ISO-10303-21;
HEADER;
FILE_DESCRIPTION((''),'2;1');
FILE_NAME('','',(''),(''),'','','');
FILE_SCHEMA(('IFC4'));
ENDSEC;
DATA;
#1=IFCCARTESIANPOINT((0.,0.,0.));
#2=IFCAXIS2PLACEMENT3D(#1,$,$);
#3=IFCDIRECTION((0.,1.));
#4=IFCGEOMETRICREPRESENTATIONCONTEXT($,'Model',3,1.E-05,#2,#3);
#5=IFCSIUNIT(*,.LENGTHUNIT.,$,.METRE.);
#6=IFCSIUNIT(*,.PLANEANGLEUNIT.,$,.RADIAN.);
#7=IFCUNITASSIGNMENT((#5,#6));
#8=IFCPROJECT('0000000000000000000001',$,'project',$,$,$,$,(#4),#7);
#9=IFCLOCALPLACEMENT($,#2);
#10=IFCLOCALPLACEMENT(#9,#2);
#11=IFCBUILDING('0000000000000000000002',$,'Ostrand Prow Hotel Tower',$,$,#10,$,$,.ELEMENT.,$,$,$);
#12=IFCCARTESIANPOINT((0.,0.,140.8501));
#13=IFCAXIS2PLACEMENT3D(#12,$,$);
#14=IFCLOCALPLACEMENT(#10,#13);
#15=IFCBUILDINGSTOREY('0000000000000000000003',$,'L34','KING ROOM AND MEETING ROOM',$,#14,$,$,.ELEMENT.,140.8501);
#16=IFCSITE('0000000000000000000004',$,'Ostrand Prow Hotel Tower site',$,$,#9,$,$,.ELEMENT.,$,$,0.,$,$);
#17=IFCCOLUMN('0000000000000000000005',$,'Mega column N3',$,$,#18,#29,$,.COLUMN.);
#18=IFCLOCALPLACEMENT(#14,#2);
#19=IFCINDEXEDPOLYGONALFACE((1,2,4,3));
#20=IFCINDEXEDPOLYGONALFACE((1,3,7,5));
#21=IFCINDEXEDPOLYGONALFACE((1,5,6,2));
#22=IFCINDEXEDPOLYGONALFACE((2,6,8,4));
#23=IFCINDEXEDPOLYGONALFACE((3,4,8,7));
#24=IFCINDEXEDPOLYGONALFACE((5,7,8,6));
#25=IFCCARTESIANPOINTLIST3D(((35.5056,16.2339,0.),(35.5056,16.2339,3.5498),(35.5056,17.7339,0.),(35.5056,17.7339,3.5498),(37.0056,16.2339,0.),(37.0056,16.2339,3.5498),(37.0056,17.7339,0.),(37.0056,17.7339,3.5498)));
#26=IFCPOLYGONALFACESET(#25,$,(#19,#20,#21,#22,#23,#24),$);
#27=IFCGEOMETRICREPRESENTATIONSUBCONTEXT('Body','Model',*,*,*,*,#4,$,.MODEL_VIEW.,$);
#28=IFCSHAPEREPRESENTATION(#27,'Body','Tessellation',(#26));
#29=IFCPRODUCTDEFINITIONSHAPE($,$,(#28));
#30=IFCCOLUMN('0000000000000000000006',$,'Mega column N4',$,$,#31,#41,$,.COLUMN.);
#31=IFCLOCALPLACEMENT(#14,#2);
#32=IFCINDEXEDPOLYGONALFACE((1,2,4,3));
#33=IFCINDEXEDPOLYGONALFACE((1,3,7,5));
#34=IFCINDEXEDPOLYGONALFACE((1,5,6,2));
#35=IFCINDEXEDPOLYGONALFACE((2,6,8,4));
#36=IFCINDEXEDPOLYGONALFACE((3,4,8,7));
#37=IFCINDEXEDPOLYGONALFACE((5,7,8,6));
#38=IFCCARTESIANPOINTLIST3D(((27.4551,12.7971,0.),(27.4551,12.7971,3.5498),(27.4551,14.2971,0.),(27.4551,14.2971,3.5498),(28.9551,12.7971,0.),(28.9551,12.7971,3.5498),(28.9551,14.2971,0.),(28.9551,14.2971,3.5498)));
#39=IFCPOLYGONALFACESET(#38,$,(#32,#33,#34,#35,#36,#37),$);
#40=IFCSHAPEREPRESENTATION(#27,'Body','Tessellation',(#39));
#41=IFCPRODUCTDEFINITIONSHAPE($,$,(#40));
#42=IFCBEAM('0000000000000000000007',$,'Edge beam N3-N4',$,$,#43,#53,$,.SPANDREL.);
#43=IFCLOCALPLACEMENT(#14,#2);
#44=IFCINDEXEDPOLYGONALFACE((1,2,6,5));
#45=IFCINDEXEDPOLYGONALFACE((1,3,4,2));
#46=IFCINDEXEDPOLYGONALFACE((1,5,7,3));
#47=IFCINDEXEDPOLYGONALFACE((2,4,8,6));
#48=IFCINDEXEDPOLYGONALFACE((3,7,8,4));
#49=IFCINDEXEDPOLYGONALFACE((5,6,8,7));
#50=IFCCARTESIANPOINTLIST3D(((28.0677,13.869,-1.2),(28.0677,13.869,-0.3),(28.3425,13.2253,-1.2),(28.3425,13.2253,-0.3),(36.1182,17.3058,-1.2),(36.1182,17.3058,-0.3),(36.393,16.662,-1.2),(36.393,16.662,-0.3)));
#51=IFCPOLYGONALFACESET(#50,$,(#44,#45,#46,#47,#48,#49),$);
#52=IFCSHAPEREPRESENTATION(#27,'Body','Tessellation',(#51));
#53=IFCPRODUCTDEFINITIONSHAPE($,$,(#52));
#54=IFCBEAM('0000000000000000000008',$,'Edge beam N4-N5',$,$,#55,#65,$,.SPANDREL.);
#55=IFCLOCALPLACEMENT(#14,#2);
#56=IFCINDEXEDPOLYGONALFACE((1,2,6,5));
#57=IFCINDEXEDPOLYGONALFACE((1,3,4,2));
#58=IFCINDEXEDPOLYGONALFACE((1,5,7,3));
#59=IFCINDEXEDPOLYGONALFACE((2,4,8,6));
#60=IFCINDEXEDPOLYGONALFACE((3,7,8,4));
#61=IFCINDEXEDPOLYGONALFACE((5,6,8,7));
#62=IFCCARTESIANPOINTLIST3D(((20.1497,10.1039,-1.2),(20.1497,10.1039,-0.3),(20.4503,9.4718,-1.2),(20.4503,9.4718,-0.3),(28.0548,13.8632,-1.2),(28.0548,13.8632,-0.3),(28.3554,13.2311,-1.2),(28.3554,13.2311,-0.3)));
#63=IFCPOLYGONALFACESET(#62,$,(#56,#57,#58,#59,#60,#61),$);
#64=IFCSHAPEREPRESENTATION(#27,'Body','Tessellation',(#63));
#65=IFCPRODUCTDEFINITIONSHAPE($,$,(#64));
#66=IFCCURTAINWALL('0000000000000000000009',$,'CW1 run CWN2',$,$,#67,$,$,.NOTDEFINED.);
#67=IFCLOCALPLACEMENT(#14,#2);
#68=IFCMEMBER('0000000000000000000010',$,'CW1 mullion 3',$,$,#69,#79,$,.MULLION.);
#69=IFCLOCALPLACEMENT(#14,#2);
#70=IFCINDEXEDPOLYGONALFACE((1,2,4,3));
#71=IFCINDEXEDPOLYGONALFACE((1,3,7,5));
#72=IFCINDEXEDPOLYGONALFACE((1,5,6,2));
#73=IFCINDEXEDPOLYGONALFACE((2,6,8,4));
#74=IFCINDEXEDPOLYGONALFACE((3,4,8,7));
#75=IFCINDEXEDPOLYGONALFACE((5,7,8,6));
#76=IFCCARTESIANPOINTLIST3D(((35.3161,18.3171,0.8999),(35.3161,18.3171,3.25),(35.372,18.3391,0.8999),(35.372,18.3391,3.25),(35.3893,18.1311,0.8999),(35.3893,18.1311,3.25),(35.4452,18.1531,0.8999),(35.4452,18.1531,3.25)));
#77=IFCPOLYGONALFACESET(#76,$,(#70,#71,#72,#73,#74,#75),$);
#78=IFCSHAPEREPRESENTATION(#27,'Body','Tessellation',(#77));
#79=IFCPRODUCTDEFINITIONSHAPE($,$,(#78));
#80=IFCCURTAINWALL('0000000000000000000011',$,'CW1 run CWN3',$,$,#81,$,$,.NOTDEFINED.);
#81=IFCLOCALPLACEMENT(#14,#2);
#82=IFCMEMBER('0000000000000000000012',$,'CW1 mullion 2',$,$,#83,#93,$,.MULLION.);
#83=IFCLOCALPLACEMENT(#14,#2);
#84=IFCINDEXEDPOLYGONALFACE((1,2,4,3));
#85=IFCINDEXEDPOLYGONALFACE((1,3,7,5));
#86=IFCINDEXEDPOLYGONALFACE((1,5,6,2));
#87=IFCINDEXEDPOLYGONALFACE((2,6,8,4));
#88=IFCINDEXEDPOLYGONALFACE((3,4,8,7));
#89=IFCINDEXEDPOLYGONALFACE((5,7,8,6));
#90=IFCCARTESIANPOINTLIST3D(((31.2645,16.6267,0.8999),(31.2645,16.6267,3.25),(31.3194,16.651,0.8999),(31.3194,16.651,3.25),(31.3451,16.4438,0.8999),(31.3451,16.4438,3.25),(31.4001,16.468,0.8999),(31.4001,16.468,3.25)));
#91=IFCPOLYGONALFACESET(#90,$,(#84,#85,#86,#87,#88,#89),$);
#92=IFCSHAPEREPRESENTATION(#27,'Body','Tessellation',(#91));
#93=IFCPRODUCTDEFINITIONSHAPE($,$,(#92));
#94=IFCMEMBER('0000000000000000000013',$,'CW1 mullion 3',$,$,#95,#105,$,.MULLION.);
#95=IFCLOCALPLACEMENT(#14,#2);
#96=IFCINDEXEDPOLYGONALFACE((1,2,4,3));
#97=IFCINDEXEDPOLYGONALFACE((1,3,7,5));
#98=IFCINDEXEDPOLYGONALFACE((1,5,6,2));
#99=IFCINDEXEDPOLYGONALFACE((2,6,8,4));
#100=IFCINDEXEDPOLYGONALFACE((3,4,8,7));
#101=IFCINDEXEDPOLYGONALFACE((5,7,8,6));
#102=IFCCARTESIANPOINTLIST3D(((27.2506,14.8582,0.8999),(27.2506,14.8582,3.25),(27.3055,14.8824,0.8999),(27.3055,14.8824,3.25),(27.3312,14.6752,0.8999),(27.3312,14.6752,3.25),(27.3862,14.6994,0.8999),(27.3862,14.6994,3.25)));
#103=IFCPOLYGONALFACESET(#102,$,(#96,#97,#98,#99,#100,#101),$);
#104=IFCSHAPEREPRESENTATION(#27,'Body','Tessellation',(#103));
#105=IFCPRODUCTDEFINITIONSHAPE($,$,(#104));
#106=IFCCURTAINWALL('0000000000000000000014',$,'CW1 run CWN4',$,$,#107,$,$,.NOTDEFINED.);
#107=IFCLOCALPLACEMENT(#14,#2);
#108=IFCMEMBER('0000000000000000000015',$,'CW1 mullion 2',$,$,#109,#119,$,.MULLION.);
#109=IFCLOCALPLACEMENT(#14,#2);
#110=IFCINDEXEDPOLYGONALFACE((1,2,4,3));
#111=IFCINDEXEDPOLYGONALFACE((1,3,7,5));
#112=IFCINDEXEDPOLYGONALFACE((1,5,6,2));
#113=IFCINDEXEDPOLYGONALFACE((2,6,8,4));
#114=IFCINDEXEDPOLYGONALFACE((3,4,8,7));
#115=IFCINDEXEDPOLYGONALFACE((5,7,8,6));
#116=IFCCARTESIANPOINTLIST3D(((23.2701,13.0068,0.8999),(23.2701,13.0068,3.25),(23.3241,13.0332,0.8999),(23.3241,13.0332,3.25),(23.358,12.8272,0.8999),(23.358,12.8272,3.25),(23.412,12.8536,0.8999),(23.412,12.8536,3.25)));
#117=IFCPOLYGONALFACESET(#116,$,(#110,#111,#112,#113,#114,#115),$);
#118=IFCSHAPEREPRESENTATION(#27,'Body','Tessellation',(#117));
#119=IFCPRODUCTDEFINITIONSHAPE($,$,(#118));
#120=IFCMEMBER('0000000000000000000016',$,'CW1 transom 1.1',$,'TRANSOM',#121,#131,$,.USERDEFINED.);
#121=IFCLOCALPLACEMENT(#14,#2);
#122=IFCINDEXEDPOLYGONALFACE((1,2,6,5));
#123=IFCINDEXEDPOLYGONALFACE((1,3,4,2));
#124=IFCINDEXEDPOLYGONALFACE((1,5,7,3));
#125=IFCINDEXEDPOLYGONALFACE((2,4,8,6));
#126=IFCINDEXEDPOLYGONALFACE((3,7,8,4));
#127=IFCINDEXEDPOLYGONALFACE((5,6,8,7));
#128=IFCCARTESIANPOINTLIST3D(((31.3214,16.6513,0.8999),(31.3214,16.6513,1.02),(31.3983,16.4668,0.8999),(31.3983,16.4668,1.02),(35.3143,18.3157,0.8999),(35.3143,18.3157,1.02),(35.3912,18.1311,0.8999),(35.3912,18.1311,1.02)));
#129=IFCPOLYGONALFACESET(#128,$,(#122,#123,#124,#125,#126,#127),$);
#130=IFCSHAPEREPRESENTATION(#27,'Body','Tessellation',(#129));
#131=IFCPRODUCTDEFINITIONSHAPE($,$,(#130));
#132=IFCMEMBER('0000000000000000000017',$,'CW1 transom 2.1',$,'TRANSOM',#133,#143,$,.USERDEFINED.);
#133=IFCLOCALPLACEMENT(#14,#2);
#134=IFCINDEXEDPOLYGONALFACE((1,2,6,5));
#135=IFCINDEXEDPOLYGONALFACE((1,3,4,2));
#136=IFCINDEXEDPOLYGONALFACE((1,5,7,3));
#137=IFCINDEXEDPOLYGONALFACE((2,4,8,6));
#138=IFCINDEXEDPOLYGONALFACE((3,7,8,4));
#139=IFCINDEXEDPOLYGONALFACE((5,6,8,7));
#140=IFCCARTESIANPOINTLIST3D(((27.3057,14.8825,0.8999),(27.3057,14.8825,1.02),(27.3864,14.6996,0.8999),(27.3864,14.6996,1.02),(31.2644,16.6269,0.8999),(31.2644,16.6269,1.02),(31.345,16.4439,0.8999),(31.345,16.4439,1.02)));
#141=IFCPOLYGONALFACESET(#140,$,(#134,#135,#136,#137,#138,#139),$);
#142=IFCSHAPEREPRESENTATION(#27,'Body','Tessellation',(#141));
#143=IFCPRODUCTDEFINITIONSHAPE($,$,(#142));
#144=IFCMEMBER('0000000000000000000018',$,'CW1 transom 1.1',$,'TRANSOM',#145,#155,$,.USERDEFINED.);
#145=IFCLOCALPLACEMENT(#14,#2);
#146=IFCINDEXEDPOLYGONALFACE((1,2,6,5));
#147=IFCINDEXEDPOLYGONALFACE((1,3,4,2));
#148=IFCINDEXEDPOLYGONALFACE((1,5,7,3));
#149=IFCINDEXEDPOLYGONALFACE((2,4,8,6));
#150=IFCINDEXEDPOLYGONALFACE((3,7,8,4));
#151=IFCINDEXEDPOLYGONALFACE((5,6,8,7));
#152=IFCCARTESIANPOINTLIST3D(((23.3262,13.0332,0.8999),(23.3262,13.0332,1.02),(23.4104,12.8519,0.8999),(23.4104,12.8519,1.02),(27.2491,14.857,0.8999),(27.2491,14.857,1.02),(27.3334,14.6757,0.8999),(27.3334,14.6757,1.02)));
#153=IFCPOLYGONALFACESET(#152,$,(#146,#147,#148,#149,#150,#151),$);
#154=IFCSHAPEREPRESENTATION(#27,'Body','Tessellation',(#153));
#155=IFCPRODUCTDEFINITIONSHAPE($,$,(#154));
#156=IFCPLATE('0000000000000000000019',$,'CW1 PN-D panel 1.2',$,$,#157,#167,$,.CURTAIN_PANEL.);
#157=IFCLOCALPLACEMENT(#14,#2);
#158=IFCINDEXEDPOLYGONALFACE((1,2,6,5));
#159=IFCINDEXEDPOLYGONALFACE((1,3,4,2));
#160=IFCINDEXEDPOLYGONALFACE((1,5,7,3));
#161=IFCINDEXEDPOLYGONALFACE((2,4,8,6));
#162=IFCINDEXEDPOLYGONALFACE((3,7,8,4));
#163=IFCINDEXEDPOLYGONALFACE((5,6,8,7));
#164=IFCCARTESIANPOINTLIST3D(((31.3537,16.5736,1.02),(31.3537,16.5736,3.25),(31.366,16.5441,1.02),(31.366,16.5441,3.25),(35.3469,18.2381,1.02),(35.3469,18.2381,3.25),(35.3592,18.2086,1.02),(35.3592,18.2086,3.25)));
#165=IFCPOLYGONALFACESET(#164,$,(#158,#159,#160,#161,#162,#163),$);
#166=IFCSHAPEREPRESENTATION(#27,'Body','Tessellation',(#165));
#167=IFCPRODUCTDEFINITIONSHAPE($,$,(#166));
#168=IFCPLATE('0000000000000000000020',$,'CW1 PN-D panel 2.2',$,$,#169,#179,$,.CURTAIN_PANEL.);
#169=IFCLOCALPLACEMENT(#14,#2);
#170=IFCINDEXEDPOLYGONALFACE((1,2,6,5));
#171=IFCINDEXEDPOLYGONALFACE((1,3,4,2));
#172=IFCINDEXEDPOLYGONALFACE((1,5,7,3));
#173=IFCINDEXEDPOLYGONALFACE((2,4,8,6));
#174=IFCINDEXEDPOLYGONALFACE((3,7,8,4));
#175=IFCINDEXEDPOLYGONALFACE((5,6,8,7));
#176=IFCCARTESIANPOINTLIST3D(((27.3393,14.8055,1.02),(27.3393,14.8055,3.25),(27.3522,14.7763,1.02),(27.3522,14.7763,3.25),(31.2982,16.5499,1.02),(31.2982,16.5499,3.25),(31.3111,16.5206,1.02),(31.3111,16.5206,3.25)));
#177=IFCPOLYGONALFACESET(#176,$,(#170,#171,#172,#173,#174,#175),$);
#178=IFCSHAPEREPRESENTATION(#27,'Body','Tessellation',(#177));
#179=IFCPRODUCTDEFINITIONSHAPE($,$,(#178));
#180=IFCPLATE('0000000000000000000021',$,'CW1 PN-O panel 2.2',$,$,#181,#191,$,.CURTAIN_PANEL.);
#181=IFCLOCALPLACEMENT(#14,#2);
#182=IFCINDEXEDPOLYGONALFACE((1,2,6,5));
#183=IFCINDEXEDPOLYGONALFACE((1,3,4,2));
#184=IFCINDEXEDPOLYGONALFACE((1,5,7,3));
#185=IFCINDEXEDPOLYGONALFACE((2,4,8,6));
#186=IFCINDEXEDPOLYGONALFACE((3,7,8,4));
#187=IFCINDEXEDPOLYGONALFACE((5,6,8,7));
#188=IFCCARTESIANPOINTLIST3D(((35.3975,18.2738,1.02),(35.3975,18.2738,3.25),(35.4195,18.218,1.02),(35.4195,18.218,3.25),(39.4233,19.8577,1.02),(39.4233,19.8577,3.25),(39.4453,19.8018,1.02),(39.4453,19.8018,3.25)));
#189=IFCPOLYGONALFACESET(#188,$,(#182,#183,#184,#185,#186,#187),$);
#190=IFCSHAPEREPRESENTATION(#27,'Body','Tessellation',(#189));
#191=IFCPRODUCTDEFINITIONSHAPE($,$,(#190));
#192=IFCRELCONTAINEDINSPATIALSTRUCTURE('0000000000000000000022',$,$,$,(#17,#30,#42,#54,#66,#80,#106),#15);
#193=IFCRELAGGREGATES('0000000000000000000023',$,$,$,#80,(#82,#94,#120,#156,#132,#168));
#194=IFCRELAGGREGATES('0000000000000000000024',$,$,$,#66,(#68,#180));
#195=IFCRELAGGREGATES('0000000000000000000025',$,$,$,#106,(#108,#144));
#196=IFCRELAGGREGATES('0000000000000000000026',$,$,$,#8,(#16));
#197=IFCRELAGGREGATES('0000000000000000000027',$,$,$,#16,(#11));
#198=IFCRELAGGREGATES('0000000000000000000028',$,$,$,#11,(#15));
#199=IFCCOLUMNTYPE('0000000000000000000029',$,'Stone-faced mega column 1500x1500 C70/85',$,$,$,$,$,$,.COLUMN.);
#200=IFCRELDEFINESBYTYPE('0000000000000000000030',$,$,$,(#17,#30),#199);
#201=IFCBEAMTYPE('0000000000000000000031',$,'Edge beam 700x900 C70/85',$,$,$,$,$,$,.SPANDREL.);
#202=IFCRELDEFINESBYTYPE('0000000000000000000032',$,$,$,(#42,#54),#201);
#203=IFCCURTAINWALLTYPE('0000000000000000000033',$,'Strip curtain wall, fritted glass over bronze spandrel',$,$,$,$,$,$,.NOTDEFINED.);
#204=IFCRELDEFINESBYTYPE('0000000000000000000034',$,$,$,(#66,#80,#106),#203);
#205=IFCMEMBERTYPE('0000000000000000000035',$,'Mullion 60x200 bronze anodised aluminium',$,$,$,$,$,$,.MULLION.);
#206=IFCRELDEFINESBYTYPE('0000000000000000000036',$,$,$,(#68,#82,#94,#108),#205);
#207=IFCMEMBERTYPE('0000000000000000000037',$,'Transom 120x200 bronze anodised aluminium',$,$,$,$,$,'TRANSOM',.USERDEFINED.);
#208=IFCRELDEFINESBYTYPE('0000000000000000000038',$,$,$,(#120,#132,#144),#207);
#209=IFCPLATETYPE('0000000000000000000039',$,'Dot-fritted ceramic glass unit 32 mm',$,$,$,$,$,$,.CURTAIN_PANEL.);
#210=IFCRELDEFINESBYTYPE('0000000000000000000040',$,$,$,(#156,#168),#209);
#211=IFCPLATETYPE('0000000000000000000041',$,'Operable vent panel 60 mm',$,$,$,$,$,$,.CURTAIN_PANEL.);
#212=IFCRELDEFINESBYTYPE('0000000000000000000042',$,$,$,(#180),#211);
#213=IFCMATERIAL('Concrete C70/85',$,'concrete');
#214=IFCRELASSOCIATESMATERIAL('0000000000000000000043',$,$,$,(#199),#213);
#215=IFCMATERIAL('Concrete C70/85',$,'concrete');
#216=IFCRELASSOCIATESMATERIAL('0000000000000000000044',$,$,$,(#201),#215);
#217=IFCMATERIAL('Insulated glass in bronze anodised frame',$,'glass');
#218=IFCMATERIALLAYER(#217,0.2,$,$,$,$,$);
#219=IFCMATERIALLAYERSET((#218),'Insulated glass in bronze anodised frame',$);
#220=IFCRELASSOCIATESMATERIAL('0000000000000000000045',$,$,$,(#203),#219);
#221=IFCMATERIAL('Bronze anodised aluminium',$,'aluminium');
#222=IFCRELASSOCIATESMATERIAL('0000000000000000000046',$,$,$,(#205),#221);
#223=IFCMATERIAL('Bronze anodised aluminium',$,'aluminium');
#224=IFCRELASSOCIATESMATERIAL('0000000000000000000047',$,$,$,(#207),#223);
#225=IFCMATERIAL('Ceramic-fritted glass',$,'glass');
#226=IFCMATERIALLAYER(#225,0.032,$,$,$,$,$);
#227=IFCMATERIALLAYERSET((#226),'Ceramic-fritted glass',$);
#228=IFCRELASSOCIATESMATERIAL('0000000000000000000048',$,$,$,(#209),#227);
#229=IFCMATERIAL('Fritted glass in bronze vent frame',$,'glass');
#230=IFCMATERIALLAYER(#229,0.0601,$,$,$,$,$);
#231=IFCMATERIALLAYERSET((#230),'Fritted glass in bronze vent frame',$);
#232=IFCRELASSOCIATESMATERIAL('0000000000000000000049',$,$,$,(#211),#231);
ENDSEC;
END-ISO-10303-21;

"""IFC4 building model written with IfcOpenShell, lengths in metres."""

from ifc_helpers import new_model, si_unit, direction, frame, origin, origin_2d, place, context, subcontext, project, spatial, rectangle, extrude, material, layer, layer_set, material_profile, profile_set, type_object, element, aggregate, save


model = new_model("IFC4")

# Units and contexts
model_context = context("Model", 3, precision=1e-05, world=origin(), true_north=direction((0.0, 1.0)))
body_context = subcontext(model_context, "Body", "Model", "MODEL_VIEW")
ifc_project = project(units=[si_unit("LENGTHUNIT", "METRE"), si_unit("PLANEANGLEUNIT", "RADIAN")], contexts=[model_context])

# Site, building, storey
site_placement = place(None, origin())
site = spatial("IfcSite", under=ifc_project, at=site_placement, Name="Ostrand Prow Hotel Tower site", CompositionType="ELEMENT", RefElevation=0.0)
building_placement = place(site_placement, origin())
building = spatial("IfcBuilding", under=site, at=building_placement, Name="Ostrand Prow Hotel Tower", CompositionType="ELEMENT")
storey_placement = place(building_placement, frame((0.0, 0.0, 140.8501)))
storey = spatial("IfcBuildingStorey", under=building, at=storey_placement, Name="L34", Description="KING ROOM AND MEETING ROOM", CompositionType="ELEMENT", Elevation=140.8501)

# Columns
ifc_material_1 = material(Name="Concrete C70/85", Category="concrete")
ifc_material_profile_1 = material_profile(ifc_material_1, rectangle(XDim=1.5, YDim=1.5, at=origin_2d()), Name="RC 1500x1500")
ifc_profile_set_1 = profile_set([ifc_material_profile_1], Name="Concrete C70/85")
column_type = type_object("IfcColumnType", Name="Stone-faced mega column 1500x1500 C70/85", PredefinedType="COLUMN", material=ifc_profile_set_1)
for number, where, z_axis, x_axis, name in (
    (1, (36.2556, 16.9839, 0.0), (0.0, 0.0, 1.0), (1.0, 0.0, 0.0), "Mega column N3"),
    (2, (28.2051, 13.5471, 0.0), (0.0, 0.0, 1.0), (1.0, 0.0, 0.0), "Mega column N4"),
):
    element("IfcColumn", number, at=place(storey_placement, frame(where, z_axis=z_axis, x_axis=x_axis)), inside=storey, type_object=column_type, Name=name, PredefinedType="COLUMN", context=body_context, shape_type="SweptSolid", body=[
        extrude(rectangle(XDim=1.5, YDim=1.5, at=origin_2d()), origin(), (0.0, 0.0, 1.0), 3.5498),
    ])

# Beams
ifc_material_2 = material(Name="Concrete C70/85", Category="concrete")
ifc_material_profile_2 = material_profile(ifc_material_2, rectangle(XDim=0.7, YDim=0.8999, at=origin_2d()), Name="RC 700x900")
ifc_profile_set_2 = profile_set([ifc_material_profile_2], Name="Concrete C70/85")
beam_type = type_object("IfcBeamType", Name="Edge beam 700x900 C70/85", PredefinedType="SPANDREL", material=ifc_profile_set_2)
for number, where, z_axis, x_axis, name in (
    (3, (36.2556, 16.9839, -0.75), (-0.919701, -0.39262, 0.0), (0.39262, -0.919701, 0.0), "Edge beam N3-N4"),
    (4, (28.2051, 13.5471, -0.75), (-0.903083, -0.429466, 0.0), (0.429466, -0.903083, 0.0), "Edge beam N4-N5"),
):
    element("IfcBeam", number, at=place(storey_placement, frame(where, z_axis=z_axis, x_axis=x_axis)), inside=storey, type_object=beam_type, Name=name, PredefinedType="SPANDREL", context=body_context, shape_type="SweptSolid", body=[
        extrude(rectangle(XDim=0.7, YDim=0.8999, at=origin_2d()), origin(), (0.0, 0.0, 1.0), 8.7534),
    ])

# Curtain wall, member
ifc_material_3 = material(Name="Insulated glass in bronze anodised frame", Category="glass")
ifc_layer_1 = layer(ifc_material_3, 0.2)
ifc_layer_set_1 = layer_set([ifc_layer_1], Name="Insulated glass in bronze anodised frame")
curtain_wall_type = type_object("IfcCurtainWallType", Name="Strip curtain wall, fritted glass over bronze spandrel", PredefinedType="NOTDEFINED", material=ifc_layer_set_1)
curtain_wall_1_placement = place(storey_placement, origin())
curtain_wall_1 = element("IfcCurtainWall", 5, at=curtain_wall_1_placement, inside=storey, type_object=curtain_wall_type, Name="CW1 run CWN2", PredefinedType="NOTDEFINED")
ifc_material_4 = material(Name="Bronze anodised aluminium", Category="aluminium")
ifc_material_profile_3 = material_profile(ifc_material_4, rectangle(XDim=0.2, YDim=0.0601, at=origin_2d()), Name="Mullion 60x200 bronze anodised aluminium")
ifc_profile_set_3 = profile_set([ifc_material_profile_3], Name="Bronze anodised aluminium")
member_type_1 = type_object("IfcMemberType", Name="Mullion 60x200 bronze anodised aluminium", PredefinedType="MULLION", material=ifc_profile_set_3)
member_1_placement = place(storey_placement, frame((35.3806, 18.2351, 0.8999), z_axis=(0.0, 0.0, 1.0), x_axis=(0.366116, -0.930569, 0.0)))
member_1 = element("IfcMember", 6, at=member_1_placement, type_object=member_type_1, Name="CW1 mullion 3", PredefinedType="MULLION", context=body_context, shape_type="SweptSolid", body=[
    extrude(rectangle(XDim=0.2, YDim=0.0601, at=origin_2d()), origin(), (0.0, 0.0, 1.0), 2.3501),
])

# Curtain wall, members
curtain_wall_2_placement = place(storey_placement, origin())
curtain_wall_2 = element("IfcCurtainWall", 7, at=curtain_wall_2_placement, inside=storey, type_object=curtain_wall_type, Name="CW1 run CWN3", PredefinedType="NOTDEFINED")
member_2_placement = place(storey_placement, frame((31.3323, 16.5474, 0.8999), z_axis=(0.0, 0.0, 1.0), x_axis=(0.403213, -0.915106, 0.0)))
member_2 = element("IfcMember", 8, at=member_2_placement, type_object=member_type_1, Name="CW1 mullion 2", PredefinedType="MULLION", context=body_context, shape_type="SweptSolid", body=[
    extrude(rectangle(XDim=0.2, YDim=0.0601, at=origin_2d()), origin(), (0.0, 0.0, 1.0), 2.3501),
])
member_3_placement = place(storey_placement, frame((27.3184, 14.7788, 0.8999), z_axis=(0.0, 0.0, 1.0), x_axis=(0.403213, -0.915106, 0.0)))
member_3 = element("IfcMember", 9, at=member_3_placement, type_object=member_type_1, Name="CW1 mullion 3", PredefinedType="MULLION", context=body_context, shape_type="SweptSolid", body=[
    extrude(rectangle(XDim=0.2, YDim=0.0601, at=origin_2d()), origin(), (0.0, 0.0, 1.0), 2.3501),
])

# Curtain wall, member
curtain_wall_3_placement = place(storey_placement, origin())
curtain_wall_3 = element("IfcCurtainWall", 10, at=curtain_wall_3_placement, inside=storey, type_object=curtain_wall_type, Name="CW1 run CWN4", PredefinedType="NOTDEFINED")
member_4_placement = place(storey_placement, frame((23.3411, 12.9302, 0.8999), z_axis=(0.0, 0.0, 1.0), x_axis=(0.439659, -0.898165, 0.0)))
member_4 = element("IfcMember", 11, at=member_4_placement, type_object=member_type_1, Name="CW1 mullion 2", PredefinedType="MULLION", context=body_context, shape_type="SweptSolid", body=[
    extrude(rectangle(XDim=0.2, YDim=0.0601, at=origin_2d()), origin(), (0.0, 0.0, 1.0), 2.3501),
])

# Members
ifc_material_5 = material(Name="Bronze anodised aluminium", Category="aluminium")
ifc_material_profile_4 = material_profile(ifc_material_5, rectangle(XDim=0.2, YDim=0.1201, at=origin_2d()), Name="Transom 120x200 bronze anodised aluminium")
ifc_profile_set_4 = profile_set([ifc_material_profile_4], Name="Bronze anodised aluminium")
member_type_2 = type_object("IfcMemberType", Name="Transom 120x200 bronze anodised aluminium", ElementType="TRANSOM", PredefinedType="USERDEFINED", material=ifc_profile_set_4)
member_5_placement = place(storey_placement, frame((35.3528, 18.2234, 0.96), z_axis=(-0.923028, -0.384732, 0.0), x_axis=(0.384732, -0.923028, 0.0)))
member_5 = element("IfcMember", 12, at=member_5_placement, type_object=member_type_2, Name="CW1 transom 1.1", ObjectType="TRANSOM", PredefinedType="USERDEFINED", context=body_context, shape_type="SweptSolid", body=[
    extrude(rectangle(XDim=0.2, YDim=0.1201, at=origin_2d()), origin(), (0.0, 0.0, 1.0), 4.3259),
])
member_6_placement = place(storey_placement, frame((31.3047, 16.5354, 0.96), z_axis=(-0.915099, -0.40323, 0.0), x_axis=(0.40323, -0.915099, 0.0)))
member_6 = element("IfcMember", 13, at=member_6_placement, type_object=member_type_2, Name="CW1 transom 2.1", ObjectType="TRANSOM", PredefinedType="USERDEFINED", context=body_context, shape_type="SweptSolid", body=[
    extrude(rectangle(XDim=0.2, YDim=0.1201, at=origin_2d()), origin(), (0.0, 0.0, 1.0), 4.3259),
])
member_7_placement = place(storey_placement, frame((27.2913, 14.7664, 0.96), z_axis=(-0.906796, -0.421569, 0.0), x_axis=(0.421569, -0.906796, 0.0)))
member_7 = element("IfcMember", 14, at=member_7_placement, type_object=member_type_2, Name="CW1 transom 1.1", ObjectType="TRANSOM", PredefinedType="USERDEFINED", context=body_context, shape_type="SweptSolid", body=[
    extrude(rectangle(XDim=0.2, YDim=0.1201, at=origin_2d()), origin(), (0.0, 0.0, 1.0), 4.3262),
])

# Plates
ifc_material_6 = material(Name="Ceramic-fritted glass", Category="glass")
ifc_layer_2 = layer(ifc_material_6, 0.032)
ifc_layer_set_2 = layer_set([ifc_layer_2], Name="Ceramic-fritted glass")
plate_type_1 = type_object("IfcPlateType", Name="Dot-fritted ceramic glass unit 32 mm", PredefinedType="CURTAIN_PANEL", material=ifc_layer_set_2)
plate_1_placement = place(storey_placement, frame((33.3564, 17.3911, 1.02), z_axis=(0.0, 0.0, 1.0), x_axis=(-0.923024, -0.384743, 0.0)))
plate_1 = element("IfcPlate", 15, at=plate_1_placement, type_object=plate_type_1, Name="CW1 PN-D panel 1.2", PredefinedType="CURTAIN_PANEL", context=body_context, shape_type="SweptSolid", body=[
    extrude(rectangle(XDim=4.3262, YDim=0.032, at=origin_2d()), origin(), (0.0, 0.0, 1.0), 2.23),
])
plate_2_placement = place(storey_placement, frame((29.3252, 15.6631, 1.02), z_axis=(0.0, 0.0, 1.0), x_axis=(-0.915106, -0.403213, 0.0)))
plate_2 = element("IfcPlate", 16, at=plate_2_placement, type_object=plate_type_1, Name="CW1 PN-D panel 2.2", PredefinedType="CURTAIN_PANEL", context=body_context, shape_type="SweptSolid", body=[
    extrude(rectangle(XDim=4.3262, YDim=0.032, at=origin_2d()), origin(), (0.0, 0.0, 1.0), 2.23),
])
aggregate(curtain_wall_2, [member_2, member_3, member_5, plate_1, member_6, plate_2])
ifc_material_7 = material(Name="Fritted glass in bronze vent frame", Category="glass")
ifc_layer_3 = layer(ifc_material_7, 0.0601)
ifc_layer_set_3 = layer_set([ifc_layer_3], Name="Fritted glass in bronze vent frame")
plate_type_2 = type_object("IfcPlateType", Name="Operable vent panel 60 mm", PredefinedType="CURTAIN_PANEL", material=ifc_layer_set_3)
plate_3_placement = place(storey_placement, frame((37.4214, 19.0378, 1.02), z_axis=(0.0, 0.0, 1.0), x_axis=(-0.930569, -0.366116, 0.0)))
plate_3 = element("IfcPlate", 17, at=plate_3_placement, type_object=plate_type_2, Name="CW1 PN-O panel 2.2", PredefinedType="CURTAIN_PANEL", context=body_context, shape_type="SweptSolid", body=[
    extrude(rectangle(XDim=4.3262, YDim=0.0601, at=origin_2d()), origin(), (0.0, 0.0, 1.0), 2.23),
])
aggregate(curtain_wall_1, [member_1, plate_3])
aggregate(curtain_wall_3, [member_4, member_7])

save(model, "model.ifc")
